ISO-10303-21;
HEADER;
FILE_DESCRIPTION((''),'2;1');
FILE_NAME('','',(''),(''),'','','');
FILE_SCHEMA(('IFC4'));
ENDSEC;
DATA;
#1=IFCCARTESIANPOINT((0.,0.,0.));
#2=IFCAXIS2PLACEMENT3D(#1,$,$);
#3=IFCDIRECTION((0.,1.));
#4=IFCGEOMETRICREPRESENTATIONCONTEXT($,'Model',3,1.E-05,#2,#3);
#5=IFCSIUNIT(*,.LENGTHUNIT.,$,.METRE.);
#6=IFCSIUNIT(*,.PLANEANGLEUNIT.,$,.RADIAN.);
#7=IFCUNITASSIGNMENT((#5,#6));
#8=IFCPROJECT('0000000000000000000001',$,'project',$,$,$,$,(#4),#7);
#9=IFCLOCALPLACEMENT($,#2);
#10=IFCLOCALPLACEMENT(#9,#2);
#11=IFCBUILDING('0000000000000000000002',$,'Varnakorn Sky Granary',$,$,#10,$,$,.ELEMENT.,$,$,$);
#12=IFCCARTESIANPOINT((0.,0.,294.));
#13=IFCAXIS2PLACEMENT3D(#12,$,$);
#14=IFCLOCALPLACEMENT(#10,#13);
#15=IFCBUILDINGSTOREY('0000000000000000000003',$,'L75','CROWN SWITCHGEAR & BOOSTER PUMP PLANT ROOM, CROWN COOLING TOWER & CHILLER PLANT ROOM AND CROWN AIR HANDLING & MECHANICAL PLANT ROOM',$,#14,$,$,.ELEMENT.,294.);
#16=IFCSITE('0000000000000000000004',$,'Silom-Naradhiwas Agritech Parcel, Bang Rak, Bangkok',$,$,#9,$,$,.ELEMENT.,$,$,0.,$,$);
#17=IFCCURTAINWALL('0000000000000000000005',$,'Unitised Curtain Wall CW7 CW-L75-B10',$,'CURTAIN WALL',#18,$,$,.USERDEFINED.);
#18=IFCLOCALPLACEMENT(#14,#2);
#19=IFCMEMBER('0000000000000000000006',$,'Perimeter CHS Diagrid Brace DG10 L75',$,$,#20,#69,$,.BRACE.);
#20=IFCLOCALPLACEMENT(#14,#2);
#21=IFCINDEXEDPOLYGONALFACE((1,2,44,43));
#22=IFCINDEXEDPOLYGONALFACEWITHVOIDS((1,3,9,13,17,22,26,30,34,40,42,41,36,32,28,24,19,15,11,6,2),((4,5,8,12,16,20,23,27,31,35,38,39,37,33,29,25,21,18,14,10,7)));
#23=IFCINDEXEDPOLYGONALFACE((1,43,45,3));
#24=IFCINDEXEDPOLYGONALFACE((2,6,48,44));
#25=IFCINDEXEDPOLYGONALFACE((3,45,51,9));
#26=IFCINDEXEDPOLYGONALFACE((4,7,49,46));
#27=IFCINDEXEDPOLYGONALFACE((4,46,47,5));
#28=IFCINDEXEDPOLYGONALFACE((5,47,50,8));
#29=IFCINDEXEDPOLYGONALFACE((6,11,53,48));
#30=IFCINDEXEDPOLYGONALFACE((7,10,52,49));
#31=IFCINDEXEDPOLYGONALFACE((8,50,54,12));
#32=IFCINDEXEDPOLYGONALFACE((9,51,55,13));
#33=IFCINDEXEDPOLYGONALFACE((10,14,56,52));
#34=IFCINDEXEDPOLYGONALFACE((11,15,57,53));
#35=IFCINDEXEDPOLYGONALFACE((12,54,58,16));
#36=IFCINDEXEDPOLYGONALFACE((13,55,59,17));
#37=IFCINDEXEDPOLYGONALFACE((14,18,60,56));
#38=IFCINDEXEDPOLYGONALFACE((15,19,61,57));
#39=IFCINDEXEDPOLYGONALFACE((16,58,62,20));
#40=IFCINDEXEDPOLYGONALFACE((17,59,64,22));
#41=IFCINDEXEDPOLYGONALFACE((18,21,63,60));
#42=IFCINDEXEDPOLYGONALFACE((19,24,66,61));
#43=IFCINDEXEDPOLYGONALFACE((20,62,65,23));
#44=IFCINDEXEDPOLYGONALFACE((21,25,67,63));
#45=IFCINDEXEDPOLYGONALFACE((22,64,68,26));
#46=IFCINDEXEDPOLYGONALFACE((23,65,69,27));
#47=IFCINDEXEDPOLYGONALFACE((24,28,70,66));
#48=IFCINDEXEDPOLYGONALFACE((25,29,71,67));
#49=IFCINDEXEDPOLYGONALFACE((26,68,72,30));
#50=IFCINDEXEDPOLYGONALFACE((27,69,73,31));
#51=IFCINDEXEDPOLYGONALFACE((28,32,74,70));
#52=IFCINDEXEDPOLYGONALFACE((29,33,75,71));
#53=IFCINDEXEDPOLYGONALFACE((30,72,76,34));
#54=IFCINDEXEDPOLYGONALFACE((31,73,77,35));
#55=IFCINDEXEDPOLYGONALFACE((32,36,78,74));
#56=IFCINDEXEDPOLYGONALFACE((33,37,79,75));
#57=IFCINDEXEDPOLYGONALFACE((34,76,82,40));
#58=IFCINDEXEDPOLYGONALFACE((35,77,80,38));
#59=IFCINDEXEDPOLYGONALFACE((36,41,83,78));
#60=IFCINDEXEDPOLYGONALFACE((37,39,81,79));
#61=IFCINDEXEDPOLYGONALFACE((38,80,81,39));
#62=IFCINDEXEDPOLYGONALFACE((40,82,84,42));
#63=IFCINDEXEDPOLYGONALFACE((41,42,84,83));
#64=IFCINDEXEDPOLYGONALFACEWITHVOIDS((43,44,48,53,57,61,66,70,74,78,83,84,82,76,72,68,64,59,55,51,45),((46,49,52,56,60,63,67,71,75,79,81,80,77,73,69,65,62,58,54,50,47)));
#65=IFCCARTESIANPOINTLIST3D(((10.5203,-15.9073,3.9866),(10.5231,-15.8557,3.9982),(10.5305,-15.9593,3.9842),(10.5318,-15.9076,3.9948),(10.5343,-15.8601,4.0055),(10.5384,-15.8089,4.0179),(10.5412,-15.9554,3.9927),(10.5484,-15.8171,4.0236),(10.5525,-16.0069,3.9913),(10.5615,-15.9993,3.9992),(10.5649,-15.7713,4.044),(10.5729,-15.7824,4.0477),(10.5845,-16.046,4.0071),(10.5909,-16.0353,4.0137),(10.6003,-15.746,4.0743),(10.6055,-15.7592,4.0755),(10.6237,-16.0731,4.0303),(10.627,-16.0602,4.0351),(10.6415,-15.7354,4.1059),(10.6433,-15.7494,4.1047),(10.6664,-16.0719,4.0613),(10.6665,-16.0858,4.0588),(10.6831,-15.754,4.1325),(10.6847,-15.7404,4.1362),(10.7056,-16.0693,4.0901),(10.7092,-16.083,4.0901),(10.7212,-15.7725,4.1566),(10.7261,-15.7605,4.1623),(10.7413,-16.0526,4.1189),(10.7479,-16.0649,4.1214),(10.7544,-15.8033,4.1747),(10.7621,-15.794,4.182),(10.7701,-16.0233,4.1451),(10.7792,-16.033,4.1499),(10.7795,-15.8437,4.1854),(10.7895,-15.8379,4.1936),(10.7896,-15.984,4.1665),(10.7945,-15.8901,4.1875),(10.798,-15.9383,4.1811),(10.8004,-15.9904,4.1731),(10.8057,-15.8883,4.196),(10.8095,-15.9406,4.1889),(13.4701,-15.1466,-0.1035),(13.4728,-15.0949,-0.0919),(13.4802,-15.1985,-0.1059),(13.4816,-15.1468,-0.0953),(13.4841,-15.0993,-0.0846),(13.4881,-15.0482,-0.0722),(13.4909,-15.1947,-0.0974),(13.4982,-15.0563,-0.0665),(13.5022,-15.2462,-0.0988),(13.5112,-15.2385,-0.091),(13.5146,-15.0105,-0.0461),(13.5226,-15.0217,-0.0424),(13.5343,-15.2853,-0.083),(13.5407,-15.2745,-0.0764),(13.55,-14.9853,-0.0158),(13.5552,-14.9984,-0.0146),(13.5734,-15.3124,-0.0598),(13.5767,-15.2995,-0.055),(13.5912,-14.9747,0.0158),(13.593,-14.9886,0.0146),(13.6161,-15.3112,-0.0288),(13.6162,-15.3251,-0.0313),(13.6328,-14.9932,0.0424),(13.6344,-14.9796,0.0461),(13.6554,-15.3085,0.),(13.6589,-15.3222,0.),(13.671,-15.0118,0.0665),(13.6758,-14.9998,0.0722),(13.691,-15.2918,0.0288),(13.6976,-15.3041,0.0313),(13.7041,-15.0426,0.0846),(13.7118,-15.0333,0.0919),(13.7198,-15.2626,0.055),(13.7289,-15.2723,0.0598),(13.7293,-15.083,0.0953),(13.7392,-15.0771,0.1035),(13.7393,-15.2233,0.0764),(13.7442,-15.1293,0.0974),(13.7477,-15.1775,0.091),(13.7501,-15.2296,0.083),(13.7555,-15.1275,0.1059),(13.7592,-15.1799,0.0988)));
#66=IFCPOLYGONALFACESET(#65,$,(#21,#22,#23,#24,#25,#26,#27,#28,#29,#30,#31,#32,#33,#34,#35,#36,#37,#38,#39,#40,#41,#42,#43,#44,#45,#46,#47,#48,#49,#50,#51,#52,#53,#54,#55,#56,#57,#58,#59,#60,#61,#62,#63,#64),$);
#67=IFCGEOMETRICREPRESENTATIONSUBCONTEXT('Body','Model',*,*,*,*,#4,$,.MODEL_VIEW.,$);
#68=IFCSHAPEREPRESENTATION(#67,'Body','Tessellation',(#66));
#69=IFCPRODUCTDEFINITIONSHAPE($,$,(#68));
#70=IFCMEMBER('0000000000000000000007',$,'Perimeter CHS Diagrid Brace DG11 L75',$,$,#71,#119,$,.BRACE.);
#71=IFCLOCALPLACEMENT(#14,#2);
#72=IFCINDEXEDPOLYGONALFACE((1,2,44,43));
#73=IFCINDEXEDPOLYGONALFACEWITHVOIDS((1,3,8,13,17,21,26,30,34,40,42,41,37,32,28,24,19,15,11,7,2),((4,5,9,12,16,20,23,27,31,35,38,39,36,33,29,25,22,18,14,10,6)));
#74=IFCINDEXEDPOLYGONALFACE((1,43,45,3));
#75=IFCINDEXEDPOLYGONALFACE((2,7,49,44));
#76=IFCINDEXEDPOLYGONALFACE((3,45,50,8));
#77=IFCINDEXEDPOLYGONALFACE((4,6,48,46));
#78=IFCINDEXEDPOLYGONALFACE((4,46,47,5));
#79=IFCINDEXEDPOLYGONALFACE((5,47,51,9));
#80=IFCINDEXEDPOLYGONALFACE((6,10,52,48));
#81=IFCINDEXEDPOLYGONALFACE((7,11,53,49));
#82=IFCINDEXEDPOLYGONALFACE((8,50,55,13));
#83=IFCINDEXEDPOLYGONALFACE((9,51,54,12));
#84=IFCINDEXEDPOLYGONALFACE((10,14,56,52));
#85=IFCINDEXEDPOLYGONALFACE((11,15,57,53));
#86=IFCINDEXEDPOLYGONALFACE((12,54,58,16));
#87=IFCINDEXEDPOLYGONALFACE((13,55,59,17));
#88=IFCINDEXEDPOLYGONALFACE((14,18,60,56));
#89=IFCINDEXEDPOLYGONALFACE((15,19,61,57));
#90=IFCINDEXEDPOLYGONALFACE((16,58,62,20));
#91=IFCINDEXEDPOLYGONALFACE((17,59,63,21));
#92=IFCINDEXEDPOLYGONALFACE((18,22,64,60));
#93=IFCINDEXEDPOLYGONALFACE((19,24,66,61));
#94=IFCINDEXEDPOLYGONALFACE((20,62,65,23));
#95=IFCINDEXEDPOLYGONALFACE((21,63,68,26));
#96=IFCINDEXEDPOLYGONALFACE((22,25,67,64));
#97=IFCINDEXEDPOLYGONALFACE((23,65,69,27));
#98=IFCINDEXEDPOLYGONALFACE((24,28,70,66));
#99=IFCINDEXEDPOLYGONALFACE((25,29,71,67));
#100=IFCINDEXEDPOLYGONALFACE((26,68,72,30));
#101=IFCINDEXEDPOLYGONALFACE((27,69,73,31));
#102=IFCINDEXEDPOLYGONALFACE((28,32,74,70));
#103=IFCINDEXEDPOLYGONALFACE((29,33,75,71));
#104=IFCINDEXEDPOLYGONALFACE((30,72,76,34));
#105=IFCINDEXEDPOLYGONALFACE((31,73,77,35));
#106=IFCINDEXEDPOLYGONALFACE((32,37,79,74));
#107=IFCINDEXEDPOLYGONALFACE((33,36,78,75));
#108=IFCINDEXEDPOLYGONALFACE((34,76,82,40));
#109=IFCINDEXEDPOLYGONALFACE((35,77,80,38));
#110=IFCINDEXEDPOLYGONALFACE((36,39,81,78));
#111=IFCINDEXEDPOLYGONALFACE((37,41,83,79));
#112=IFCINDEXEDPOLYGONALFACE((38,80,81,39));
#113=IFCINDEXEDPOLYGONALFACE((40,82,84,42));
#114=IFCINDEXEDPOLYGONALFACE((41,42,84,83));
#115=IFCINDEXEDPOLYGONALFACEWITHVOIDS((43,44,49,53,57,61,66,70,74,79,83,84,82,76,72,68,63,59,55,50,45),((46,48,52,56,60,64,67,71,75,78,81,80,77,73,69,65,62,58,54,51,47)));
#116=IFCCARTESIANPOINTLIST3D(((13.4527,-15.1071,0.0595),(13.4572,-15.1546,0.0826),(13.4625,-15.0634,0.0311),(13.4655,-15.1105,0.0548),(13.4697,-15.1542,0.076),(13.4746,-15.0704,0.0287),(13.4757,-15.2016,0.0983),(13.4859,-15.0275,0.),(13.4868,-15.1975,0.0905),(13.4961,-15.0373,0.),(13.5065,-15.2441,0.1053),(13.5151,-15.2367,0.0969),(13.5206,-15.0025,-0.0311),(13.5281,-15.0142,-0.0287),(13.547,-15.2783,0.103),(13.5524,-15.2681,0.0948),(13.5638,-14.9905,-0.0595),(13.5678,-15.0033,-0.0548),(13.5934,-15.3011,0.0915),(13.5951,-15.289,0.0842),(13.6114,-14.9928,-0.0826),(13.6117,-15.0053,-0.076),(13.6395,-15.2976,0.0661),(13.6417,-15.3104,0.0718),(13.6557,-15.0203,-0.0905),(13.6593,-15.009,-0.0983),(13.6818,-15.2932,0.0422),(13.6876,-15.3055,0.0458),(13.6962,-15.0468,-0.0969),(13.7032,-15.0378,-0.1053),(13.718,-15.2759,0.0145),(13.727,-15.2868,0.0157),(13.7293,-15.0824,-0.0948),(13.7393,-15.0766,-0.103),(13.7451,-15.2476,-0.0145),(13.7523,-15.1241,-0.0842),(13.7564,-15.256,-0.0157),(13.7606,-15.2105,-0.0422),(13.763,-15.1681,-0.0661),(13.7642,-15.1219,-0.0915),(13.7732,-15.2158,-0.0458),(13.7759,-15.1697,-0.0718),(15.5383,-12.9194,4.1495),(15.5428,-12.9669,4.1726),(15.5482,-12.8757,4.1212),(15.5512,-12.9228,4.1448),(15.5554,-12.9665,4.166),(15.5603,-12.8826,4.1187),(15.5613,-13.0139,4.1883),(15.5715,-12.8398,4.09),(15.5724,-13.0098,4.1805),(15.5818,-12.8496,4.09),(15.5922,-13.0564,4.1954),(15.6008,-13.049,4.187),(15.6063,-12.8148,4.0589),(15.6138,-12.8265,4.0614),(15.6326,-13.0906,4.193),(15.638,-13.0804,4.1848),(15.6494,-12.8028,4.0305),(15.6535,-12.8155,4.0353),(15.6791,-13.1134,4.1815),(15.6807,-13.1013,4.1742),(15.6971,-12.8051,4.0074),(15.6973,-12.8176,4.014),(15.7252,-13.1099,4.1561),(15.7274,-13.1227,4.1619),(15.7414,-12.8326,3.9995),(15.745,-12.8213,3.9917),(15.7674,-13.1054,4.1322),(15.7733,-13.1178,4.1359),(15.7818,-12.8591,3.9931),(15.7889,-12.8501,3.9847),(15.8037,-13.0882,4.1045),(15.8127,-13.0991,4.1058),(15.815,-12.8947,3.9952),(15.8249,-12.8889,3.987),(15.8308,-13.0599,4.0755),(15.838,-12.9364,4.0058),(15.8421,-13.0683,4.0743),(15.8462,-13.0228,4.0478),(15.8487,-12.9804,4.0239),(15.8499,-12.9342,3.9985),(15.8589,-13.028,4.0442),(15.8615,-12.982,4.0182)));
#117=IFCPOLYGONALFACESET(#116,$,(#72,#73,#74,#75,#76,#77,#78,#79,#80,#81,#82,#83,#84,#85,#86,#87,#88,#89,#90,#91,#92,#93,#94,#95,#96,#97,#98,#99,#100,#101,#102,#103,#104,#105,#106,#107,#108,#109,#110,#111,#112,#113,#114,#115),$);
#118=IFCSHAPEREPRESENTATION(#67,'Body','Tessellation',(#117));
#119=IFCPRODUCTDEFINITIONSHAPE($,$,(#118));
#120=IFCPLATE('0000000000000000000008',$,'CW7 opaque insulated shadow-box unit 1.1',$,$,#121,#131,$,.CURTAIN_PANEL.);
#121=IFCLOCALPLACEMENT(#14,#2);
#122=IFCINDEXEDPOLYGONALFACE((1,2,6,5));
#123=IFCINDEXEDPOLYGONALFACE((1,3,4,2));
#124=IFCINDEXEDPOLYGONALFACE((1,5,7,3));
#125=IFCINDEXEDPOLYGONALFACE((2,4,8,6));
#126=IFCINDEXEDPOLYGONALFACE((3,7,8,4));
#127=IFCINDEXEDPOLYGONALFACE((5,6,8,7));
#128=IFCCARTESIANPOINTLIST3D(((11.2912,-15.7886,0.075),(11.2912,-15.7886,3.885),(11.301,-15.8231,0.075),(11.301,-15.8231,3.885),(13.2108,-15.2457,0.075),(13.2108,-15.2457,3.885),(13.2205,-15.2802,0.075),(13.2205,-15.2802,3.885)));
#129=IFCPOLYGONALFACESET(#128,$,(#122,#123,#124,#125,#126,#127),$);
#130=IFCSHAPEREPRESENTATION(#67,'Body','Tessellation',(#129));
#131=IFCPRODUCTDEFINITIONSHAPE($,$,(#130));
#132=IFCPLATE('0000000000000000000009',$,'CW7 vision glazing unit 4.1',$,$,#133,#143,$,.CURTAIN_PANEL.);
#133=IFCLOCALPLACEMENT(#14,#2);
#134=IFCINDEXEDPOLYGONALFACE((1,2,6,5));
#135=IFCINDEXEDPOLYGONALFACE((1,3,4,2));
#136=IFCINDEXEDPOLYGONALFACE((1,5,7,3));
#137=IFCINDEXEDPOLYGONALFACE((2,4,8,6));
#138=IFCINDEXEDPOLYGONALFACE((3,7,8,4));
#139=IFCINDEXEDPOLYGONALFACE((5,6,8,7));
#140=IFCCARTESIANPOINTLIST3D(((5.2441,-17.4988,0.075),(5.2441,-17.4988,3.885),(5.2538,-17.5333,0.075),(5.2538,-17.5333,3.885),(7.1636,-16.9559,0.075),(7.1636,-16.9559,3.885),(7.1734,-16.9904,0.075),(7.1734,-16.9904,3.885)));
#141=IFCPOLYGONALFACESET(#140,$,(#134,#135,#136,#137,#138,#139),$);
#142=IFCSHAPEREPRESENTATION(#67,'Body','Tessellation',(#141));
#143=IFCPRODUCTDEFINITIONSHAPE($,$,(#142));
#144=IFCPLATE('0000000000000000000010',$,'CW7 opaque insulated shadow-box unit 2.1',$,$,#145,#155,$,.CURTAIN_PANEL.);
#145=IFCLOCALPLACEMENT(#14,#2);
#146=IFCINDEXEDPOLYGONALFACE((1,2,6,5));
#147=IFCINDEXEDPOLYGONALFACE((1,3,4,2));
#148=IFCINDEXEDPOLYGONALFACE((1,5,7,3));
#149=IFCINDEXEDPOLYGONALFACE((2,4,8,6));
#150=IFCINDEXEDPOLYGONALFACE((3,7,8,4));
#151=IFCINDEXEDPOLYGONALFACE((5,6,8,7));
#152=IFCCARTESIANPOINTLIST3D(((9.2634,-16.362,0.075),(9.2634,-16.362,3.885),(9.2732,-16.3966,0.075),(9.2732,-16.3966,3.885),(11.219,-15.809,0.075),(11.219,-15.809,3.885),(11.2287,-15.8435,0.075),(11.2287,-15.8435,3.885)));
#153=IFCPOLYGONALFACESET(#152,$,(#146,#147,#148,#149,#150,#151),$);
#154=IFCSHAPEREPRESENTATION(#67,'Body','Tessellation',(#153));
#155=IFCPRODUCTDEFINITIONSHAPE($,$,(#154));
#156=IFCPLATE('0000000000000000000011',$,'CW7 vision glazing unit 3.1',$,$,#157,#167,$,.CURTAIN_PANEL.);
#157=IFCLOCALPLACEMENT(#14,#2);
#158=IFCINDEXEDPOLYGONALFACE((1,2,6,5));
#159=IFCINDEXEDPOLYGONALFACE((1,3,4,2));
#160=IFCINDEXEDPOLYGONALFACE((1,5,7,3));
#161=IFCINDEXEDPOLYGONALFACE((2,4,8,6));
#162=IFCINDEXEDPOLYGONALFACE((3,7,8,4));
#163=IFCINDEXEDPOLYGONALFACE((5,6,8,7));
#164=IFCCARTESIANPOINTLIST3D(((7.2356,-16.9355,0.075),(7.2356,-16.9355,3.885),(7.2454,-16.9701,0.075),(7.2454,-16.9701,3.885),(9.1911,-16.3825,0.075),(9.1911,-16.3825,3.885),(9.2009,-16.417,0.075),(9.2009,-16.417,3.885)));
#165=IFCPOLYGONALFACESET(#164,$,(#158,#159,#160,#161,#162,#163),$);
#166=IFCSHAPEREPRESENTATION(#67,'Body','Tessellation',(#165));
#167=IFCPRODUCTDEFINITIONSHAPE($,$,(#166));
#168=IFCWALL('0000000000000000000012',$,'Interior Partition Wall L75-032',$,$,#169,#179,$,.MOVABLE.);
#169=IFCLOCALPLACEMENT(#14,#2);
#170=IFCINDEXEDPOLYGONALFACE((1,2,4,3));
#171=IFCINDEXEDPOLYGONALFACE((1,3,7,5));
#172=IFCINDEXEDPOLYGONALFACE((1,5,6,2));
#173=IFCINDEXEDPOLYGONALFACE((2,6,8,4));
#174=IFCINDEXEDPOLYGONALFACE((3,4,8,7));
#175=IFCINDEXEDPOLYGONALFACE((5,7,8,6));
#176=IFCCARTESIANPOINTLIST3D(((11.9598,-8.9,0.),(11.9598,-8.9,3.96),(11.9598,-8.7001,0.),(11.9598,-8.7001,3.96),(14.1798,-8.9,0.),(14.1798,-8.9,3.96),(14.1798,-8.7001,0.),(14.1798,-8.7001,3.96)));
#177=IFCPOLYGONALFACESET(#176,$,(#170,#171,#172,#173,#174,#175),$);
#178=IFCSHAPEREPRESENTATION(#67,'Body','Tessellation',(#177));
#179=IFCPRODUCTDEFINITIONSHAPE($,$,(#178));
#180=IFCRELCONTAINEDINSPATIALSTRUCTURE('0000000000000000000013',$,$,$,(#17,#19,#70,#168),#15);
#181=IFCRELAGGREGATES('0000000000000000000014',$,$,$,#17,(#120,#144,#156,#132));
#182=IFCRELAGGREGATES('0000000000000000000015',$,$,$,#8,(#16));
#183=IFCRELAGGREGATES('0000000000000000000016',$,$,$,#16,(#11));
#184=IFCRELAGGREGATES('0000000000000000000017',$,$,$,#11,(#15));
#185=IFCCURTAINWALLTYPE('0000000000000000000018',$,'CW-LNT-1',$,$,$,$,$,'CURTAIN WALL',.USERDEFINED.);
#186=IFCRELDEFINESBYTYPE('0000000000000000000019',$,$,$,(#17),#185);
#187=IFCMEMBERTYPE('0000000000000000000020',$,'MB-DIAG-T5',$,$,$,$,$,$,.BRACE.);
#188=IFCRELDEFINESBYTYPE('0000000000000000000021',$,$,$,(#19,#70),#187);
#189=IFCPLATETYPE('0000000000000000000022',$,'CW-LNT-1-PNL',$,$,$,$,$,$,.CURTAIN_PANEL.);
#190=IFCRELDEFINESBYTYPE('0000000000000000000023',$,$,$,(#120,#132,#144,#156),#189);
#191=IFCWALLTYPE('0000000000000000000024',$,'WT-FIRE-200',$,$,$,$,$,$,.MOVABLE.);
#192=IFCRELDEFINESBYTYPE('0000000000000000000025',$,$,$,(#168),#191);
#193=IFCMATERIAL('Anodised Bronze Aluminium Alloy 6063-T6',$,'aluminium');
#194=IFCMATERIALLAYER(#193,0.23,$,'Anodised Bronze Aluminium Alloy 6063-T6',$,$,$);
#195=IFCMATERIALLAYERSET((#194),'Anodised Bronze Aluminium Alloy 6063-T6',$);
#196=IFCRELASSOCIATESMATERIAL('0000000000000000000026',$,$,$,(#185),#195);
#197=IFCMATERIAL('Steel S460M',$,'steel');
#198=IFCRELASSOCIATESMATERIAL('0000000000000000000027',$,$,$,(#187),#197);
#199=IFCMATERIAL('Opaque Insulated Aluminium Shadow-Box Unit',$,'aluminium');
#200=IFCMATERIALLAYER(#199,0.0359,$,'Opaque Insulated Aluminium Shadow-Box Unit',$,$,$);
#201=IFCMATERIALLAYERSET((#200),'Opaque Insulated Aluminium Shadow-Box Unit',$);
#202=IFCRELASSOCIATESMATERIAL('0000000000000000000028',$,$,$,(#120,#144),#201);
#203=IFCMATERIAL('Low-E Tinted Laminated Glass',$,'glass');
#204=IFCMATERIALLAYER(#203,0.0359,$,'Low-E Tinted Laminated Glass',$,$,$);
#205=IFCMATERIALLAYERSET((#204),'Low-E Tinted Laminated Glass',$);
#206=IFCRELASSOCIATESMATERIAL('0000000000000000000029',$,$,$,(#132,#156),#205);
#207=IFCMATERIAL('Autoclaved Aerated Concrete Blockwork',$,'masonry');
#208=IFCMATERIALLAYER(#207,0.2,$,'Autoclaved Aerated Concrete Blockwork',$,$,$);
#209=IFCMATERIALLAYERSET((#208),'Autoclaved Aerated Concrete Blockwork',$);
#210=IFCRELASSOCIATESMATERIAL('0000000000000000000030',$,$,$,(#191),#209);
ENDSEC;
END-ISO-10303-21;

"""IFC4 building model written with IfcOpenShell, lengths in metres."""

from ifc_helpers import new_model, si_unit, direction, frame, frame_2d, origin, origin_2d, place, context, subcontext, project, spatial, rectangle, hollow_circle, extrude, source, transform, mapped, material, layer, layer_set, material_profile, profile_set, type_object, type_shapes, element, aggregate, save


model = new_model("IFC4")

# Units and contexts
model_context = context("Model", 3, precision=1e-05, world=origin(), true_north=direction((0.0, 1.0)))
body_context = subcontext(model_context, "Body", "Model", "MODEL_VIEW")
ifc_project = project(units=[si_unit("LENGTHUNIT", "METRE"), si_unit("PLANEANGLEUNIT", "RADIAN")], contexts=[model_context])

# Site, building, storey
site_placement = place(None, origin())
site = spatial("IfcSite", under=ifc_project, at=site_placement, Name="Silom-Naradhiwas Agritech Parcel, Bang Rak, Bangkok", CompositionType="ELEMENT", RefElevation=0.0)
building_placement = place(site_placement, origin())
building = spatial("IfcBuilding", under=site, at=building_placement, Name="Varnakorn Sky Granary", CompositionType="ELEMENT")
storey_placement = place(building_placement, frame((0.0, 0.0, 294.0)))
storey = spatial("IfcBuildingStorey", under=building, at=storey_placement, Name="L75", Description="CROWN SWITCHGEAR & BOOSTER PUMP PLANT ROOM, CROWN COOLING TOWER & CHILLER PLANT ROOM AND CROWN AIR HANDLING & MECHANICAL PLANT ROOM", CompositionType="ELEMENT", Elevation=294.0)

# Shared definitions
ifc_material_1 = material(Name="Steel S460M", Category="steel")

# Curtain wall
ifc_material_2 = material(Name="Anodised Bronze Aluminium Alloy 6063-T6", Category="aluminium")
ifc_layer_1 = layer(ifc_material_2, 0.23, Name="Anodised Bronze Aluminium Alloy 6063-T6")
ifc_layer_set_1 = layer_set([ifc_layer_1], Name="Anodised Bronze Aluminium Alloy 6063-T6")
curtain_wall_type = type_object("IfcCurtainWallType", Name="CW-LNT-1", ElementType="CURTAIN WALL", PredefinedType="USERDEFINED", material=ifc_layer_set_1)
curtain_wall_placement = place(storey_placement, origin())
curtain_wall = element("IfcCurtainWall", 1, at=curtain_wall_placement, inside=storey, type_object=curtain_wall_type, Name="Unitised Curtain Wall CW7 CW-L75-B10", ObjectType="CURTAIN WALL", PredefinedType="USERDEFINED")

# Members
ifc_material_profile_1 = material_profile(ifc_material_1, hollow_circle(Radius=0.1777, WallThickness=0.0142, at=origin_2d()), Name="CHS 355.6x14")
ifc_profile_set_1 = profile_set([ifc_material_profile_1], Name="Steel S460M")
member_type_1 = type_object("IfcMemberType", Name="MB-DIAG-T5", PredefinedType="BRACE", material=ifc_profile_set_1)
member_1_placement = place(storey_placement, frame((13.6145, -15.1501, 0.0), z_axis=(-0.578393, -0.14917, 0.802004), x_axis=(0.249733, -0.968315, 0.0)))
element("IfcMember", 2, at=member_1_placement, inside=storey, type_object=member_type_1, Name="Perimeter CHS Diagrid Brace DG10 L75", PredefinedType="BRACE", context=body_context, shape_type="SweptSolid", body=[
    extrude(hollow_circle(Radius=0.1777, WallThickness=0.0142, at=origin_2d()), origin(), (0.0, 0.0, 1.0), 5.0999),
])
member_2_placement = place(storey_placement, frame((13.6145, -15.1501, 0.0), z_axis=(0.410103, 0.430169, 0.80422), x_axis=(-0.723786, 0.690024, 0.0)))
element("IfcMember", 3, at=member_2_placement, inside=storey, type_object=member_type_1, Name="Perimeter CHS Diagrid Brace DG11 L75", PredefinedType="BRACE", context=body_context, shape_type="SweptSolid", body=[
    extrude(hollow_circle(Radius=0.1777, WallThickness=0.0142, at=origin_2d()), origin(), (0.0, 0.0, 1.0), 5.0857),
])

# Plates
ifc_material_3 = material(Name="Opaque Insulated Aluminium Shadow-Box Unit", Category="aluminium")
ifc_layer_2 = layer(ifc_material_3, 0.0359, Name="Opaque Insulated Aluminium Shadow-Box Unit")
ifc_layer_set_2 = layer_set([ifc_layer_2], Name="Opaque Insulated Aluminium Shadow-Box Unit")
plate_type = type_object("IfcPlateType", Name="CW-LNT-1-PNL", PredefinedType="CURTAIN_PANEL")
shared_shape_1 = source(origin(), body_context, "Body", "SweptSolid", [
    extrude(rectangle(XDim=1.9949, YDim=0.0359, at=origin_2d()), origin(), (0.0, 0.0, 1.0), 3.8101),
])
plate_1_placement = place(storey_placement, frame((12.2559, -15.5344, 0.075), z_axis=(0.0, 0.0, 1.0), x_axis=(-0.962256, -0.272147, 0.0)))
plate_1 = element("IfcPlate", 4, at=plate_1_placement, type_object=plate_type, material=ifc_layer_set_2, Name="CW7 opaque insulated shadow-box unit 1.1", PredefinedType="CURTAIN_PANEL", context=body_context, shape_type="MappedRepresentation", body=[
    mapped(shared_shape_1, transform((0.0, 0.0, 0.0), x_axis=(1.0, 0.0, 0.0), y_axis=(0.0, 1.0, 0.0), z_axis=(0.0, 0.0, 1.0), scale=1.0)),
])
ifc_material_4 = material(Name="Low-E Tinted Laminated Glass", Category="glass")
ifc_layer_3 = layer(ifc_material_4, 0.0359, Name="Low-E Tinted Laminated Glass")
ifc_layer_set_3 = layer_set([ifc_layer_3], Name="Low-E Tinted Laminated Glass")
plate_2_placement = place(storey_placement, frame((6.2087, -17.2446, 0.075), z_axis=(0.0, 0.0, 1.0), x_axis=(-0.962256, -0.272147, 0.0)))
plate_2 = element("IfcPlate", 5, at=plate_2_placement, type_object=plate_type, material=ifc_layer_set_3, Name="CW7 vision glazing unit 4.1", PredefinedType="CURTAIN_PANEL", context=body_context, shape_type="MappedRepresentation", body=[
    mapped(shared_shape_1, transform((0.0, 0.0, 0.0), x_axis=(1.0, 0.0, 0.0), y_axis=(0.0, 1.0, 0.0), z_axis=(0.0, 0.0, 1.0), scale=1.0)),
])
shared_shape_2 = source(origin(), body_context, "Body", "SweptSolid", [
    extrude(rectangle(XDim=2.0322, YDim=0.0359, at=origin_2d()), origin(), (0.0, 0.0, 1.0), 3.8101),
])
type_shapes(plate_type, [shared_shape_1, shared_shape_2])
plate_3_placement = place(storey_placement, frame((10.2461, -16.1028, 0.075), z_axis=(0.0, 0.0, 1.0), x_axis=(-0.962256, -0.272147, 0.0)))
plate_3 = element("IfcPlate", 6, at=plate_3_placement, type_object=plate_type, material=ifc_layer_set_2, Name="CW7 opaque insulated shadow-box unit 2.1", PredefinedType="CURTAIN_PANEL", context=body_context, shape_type="MappedRepresentation", body=[
    mapped(shared_shape_2, transform((0.0, 0.0, 0.0), x_axis=(1.0, 0.0, 0.0), y_axis=(0.0, 1.0, 0.0), z_axis=(0.0, 0.0, 1.0), scale=1.0)),
])
plate_4_placement = place(storey_placement, frame((8.2183, -16.6763, 0.075), z_axis=(0.0, 0.0, 1.0), x_axis=(-0.962256, -0.272147, 0.0)))
plate_4 = element("IfcPlate", 7, at=plate_4_placement, type_object=plate_type, material=ifc_layer_set_3, Name="CW7 vision glazing unit 3.1", PredefinedType="CURTAIN_PANEL", context=body_context, shape_type="MappedRepresentation", body=[
    mapped(shared_shape_2, transform((0.0, 0.0, 0.0), x_axis=(1.0, 0.0, 0.0), y_axis=(0.0, 1.0, 0.0), z_axis=(0.0, 0.0, 1.0), scale=1.0)),
])
aggregate(curtain_wall, [plate_1, plate_3, plate_4, plate_2])

# Wall
ifc_material_5 = material(Name="Autoclaved Aerated Concrete Blockwork", Category="masonry")
ifc_layer_4 = layer(ifc_material_5, 0.2, Name="Autoclaved Aerated Concrete Blockwork")
ifc_layer_set_4 = layer_set([ifc_layer_4], Name="Autoclaved Aerated Concrete Blockwork")
wall_type = type_object("IfcWallType", Name="WT-FIRE-200", PredefinedType="MOVABLE", material=ifc_layer_set_4)
wall_placement = place(storey_placement, frame((11.96, -8.8, 0.0), z_axis=(0.0, 0.0, 1.0), x_axis=(1.0, 0.0, 0.0)))
element("IfcWall", 8, at=wall_placement, inside=storey, type_object=wall_type, Name="Interior Partition Wall L75-032", PredefinedType="MOVABLE", context=body_context, shape_type="SweptSolid", body=[
    extrude(rectangle(XDim=2.22, YDim=0.2, at=frame_2d((1.1099, 0.0))), origin(), (0.0, 0.0, 1.0), 3.96),
])

save(model, "model.ifc")
